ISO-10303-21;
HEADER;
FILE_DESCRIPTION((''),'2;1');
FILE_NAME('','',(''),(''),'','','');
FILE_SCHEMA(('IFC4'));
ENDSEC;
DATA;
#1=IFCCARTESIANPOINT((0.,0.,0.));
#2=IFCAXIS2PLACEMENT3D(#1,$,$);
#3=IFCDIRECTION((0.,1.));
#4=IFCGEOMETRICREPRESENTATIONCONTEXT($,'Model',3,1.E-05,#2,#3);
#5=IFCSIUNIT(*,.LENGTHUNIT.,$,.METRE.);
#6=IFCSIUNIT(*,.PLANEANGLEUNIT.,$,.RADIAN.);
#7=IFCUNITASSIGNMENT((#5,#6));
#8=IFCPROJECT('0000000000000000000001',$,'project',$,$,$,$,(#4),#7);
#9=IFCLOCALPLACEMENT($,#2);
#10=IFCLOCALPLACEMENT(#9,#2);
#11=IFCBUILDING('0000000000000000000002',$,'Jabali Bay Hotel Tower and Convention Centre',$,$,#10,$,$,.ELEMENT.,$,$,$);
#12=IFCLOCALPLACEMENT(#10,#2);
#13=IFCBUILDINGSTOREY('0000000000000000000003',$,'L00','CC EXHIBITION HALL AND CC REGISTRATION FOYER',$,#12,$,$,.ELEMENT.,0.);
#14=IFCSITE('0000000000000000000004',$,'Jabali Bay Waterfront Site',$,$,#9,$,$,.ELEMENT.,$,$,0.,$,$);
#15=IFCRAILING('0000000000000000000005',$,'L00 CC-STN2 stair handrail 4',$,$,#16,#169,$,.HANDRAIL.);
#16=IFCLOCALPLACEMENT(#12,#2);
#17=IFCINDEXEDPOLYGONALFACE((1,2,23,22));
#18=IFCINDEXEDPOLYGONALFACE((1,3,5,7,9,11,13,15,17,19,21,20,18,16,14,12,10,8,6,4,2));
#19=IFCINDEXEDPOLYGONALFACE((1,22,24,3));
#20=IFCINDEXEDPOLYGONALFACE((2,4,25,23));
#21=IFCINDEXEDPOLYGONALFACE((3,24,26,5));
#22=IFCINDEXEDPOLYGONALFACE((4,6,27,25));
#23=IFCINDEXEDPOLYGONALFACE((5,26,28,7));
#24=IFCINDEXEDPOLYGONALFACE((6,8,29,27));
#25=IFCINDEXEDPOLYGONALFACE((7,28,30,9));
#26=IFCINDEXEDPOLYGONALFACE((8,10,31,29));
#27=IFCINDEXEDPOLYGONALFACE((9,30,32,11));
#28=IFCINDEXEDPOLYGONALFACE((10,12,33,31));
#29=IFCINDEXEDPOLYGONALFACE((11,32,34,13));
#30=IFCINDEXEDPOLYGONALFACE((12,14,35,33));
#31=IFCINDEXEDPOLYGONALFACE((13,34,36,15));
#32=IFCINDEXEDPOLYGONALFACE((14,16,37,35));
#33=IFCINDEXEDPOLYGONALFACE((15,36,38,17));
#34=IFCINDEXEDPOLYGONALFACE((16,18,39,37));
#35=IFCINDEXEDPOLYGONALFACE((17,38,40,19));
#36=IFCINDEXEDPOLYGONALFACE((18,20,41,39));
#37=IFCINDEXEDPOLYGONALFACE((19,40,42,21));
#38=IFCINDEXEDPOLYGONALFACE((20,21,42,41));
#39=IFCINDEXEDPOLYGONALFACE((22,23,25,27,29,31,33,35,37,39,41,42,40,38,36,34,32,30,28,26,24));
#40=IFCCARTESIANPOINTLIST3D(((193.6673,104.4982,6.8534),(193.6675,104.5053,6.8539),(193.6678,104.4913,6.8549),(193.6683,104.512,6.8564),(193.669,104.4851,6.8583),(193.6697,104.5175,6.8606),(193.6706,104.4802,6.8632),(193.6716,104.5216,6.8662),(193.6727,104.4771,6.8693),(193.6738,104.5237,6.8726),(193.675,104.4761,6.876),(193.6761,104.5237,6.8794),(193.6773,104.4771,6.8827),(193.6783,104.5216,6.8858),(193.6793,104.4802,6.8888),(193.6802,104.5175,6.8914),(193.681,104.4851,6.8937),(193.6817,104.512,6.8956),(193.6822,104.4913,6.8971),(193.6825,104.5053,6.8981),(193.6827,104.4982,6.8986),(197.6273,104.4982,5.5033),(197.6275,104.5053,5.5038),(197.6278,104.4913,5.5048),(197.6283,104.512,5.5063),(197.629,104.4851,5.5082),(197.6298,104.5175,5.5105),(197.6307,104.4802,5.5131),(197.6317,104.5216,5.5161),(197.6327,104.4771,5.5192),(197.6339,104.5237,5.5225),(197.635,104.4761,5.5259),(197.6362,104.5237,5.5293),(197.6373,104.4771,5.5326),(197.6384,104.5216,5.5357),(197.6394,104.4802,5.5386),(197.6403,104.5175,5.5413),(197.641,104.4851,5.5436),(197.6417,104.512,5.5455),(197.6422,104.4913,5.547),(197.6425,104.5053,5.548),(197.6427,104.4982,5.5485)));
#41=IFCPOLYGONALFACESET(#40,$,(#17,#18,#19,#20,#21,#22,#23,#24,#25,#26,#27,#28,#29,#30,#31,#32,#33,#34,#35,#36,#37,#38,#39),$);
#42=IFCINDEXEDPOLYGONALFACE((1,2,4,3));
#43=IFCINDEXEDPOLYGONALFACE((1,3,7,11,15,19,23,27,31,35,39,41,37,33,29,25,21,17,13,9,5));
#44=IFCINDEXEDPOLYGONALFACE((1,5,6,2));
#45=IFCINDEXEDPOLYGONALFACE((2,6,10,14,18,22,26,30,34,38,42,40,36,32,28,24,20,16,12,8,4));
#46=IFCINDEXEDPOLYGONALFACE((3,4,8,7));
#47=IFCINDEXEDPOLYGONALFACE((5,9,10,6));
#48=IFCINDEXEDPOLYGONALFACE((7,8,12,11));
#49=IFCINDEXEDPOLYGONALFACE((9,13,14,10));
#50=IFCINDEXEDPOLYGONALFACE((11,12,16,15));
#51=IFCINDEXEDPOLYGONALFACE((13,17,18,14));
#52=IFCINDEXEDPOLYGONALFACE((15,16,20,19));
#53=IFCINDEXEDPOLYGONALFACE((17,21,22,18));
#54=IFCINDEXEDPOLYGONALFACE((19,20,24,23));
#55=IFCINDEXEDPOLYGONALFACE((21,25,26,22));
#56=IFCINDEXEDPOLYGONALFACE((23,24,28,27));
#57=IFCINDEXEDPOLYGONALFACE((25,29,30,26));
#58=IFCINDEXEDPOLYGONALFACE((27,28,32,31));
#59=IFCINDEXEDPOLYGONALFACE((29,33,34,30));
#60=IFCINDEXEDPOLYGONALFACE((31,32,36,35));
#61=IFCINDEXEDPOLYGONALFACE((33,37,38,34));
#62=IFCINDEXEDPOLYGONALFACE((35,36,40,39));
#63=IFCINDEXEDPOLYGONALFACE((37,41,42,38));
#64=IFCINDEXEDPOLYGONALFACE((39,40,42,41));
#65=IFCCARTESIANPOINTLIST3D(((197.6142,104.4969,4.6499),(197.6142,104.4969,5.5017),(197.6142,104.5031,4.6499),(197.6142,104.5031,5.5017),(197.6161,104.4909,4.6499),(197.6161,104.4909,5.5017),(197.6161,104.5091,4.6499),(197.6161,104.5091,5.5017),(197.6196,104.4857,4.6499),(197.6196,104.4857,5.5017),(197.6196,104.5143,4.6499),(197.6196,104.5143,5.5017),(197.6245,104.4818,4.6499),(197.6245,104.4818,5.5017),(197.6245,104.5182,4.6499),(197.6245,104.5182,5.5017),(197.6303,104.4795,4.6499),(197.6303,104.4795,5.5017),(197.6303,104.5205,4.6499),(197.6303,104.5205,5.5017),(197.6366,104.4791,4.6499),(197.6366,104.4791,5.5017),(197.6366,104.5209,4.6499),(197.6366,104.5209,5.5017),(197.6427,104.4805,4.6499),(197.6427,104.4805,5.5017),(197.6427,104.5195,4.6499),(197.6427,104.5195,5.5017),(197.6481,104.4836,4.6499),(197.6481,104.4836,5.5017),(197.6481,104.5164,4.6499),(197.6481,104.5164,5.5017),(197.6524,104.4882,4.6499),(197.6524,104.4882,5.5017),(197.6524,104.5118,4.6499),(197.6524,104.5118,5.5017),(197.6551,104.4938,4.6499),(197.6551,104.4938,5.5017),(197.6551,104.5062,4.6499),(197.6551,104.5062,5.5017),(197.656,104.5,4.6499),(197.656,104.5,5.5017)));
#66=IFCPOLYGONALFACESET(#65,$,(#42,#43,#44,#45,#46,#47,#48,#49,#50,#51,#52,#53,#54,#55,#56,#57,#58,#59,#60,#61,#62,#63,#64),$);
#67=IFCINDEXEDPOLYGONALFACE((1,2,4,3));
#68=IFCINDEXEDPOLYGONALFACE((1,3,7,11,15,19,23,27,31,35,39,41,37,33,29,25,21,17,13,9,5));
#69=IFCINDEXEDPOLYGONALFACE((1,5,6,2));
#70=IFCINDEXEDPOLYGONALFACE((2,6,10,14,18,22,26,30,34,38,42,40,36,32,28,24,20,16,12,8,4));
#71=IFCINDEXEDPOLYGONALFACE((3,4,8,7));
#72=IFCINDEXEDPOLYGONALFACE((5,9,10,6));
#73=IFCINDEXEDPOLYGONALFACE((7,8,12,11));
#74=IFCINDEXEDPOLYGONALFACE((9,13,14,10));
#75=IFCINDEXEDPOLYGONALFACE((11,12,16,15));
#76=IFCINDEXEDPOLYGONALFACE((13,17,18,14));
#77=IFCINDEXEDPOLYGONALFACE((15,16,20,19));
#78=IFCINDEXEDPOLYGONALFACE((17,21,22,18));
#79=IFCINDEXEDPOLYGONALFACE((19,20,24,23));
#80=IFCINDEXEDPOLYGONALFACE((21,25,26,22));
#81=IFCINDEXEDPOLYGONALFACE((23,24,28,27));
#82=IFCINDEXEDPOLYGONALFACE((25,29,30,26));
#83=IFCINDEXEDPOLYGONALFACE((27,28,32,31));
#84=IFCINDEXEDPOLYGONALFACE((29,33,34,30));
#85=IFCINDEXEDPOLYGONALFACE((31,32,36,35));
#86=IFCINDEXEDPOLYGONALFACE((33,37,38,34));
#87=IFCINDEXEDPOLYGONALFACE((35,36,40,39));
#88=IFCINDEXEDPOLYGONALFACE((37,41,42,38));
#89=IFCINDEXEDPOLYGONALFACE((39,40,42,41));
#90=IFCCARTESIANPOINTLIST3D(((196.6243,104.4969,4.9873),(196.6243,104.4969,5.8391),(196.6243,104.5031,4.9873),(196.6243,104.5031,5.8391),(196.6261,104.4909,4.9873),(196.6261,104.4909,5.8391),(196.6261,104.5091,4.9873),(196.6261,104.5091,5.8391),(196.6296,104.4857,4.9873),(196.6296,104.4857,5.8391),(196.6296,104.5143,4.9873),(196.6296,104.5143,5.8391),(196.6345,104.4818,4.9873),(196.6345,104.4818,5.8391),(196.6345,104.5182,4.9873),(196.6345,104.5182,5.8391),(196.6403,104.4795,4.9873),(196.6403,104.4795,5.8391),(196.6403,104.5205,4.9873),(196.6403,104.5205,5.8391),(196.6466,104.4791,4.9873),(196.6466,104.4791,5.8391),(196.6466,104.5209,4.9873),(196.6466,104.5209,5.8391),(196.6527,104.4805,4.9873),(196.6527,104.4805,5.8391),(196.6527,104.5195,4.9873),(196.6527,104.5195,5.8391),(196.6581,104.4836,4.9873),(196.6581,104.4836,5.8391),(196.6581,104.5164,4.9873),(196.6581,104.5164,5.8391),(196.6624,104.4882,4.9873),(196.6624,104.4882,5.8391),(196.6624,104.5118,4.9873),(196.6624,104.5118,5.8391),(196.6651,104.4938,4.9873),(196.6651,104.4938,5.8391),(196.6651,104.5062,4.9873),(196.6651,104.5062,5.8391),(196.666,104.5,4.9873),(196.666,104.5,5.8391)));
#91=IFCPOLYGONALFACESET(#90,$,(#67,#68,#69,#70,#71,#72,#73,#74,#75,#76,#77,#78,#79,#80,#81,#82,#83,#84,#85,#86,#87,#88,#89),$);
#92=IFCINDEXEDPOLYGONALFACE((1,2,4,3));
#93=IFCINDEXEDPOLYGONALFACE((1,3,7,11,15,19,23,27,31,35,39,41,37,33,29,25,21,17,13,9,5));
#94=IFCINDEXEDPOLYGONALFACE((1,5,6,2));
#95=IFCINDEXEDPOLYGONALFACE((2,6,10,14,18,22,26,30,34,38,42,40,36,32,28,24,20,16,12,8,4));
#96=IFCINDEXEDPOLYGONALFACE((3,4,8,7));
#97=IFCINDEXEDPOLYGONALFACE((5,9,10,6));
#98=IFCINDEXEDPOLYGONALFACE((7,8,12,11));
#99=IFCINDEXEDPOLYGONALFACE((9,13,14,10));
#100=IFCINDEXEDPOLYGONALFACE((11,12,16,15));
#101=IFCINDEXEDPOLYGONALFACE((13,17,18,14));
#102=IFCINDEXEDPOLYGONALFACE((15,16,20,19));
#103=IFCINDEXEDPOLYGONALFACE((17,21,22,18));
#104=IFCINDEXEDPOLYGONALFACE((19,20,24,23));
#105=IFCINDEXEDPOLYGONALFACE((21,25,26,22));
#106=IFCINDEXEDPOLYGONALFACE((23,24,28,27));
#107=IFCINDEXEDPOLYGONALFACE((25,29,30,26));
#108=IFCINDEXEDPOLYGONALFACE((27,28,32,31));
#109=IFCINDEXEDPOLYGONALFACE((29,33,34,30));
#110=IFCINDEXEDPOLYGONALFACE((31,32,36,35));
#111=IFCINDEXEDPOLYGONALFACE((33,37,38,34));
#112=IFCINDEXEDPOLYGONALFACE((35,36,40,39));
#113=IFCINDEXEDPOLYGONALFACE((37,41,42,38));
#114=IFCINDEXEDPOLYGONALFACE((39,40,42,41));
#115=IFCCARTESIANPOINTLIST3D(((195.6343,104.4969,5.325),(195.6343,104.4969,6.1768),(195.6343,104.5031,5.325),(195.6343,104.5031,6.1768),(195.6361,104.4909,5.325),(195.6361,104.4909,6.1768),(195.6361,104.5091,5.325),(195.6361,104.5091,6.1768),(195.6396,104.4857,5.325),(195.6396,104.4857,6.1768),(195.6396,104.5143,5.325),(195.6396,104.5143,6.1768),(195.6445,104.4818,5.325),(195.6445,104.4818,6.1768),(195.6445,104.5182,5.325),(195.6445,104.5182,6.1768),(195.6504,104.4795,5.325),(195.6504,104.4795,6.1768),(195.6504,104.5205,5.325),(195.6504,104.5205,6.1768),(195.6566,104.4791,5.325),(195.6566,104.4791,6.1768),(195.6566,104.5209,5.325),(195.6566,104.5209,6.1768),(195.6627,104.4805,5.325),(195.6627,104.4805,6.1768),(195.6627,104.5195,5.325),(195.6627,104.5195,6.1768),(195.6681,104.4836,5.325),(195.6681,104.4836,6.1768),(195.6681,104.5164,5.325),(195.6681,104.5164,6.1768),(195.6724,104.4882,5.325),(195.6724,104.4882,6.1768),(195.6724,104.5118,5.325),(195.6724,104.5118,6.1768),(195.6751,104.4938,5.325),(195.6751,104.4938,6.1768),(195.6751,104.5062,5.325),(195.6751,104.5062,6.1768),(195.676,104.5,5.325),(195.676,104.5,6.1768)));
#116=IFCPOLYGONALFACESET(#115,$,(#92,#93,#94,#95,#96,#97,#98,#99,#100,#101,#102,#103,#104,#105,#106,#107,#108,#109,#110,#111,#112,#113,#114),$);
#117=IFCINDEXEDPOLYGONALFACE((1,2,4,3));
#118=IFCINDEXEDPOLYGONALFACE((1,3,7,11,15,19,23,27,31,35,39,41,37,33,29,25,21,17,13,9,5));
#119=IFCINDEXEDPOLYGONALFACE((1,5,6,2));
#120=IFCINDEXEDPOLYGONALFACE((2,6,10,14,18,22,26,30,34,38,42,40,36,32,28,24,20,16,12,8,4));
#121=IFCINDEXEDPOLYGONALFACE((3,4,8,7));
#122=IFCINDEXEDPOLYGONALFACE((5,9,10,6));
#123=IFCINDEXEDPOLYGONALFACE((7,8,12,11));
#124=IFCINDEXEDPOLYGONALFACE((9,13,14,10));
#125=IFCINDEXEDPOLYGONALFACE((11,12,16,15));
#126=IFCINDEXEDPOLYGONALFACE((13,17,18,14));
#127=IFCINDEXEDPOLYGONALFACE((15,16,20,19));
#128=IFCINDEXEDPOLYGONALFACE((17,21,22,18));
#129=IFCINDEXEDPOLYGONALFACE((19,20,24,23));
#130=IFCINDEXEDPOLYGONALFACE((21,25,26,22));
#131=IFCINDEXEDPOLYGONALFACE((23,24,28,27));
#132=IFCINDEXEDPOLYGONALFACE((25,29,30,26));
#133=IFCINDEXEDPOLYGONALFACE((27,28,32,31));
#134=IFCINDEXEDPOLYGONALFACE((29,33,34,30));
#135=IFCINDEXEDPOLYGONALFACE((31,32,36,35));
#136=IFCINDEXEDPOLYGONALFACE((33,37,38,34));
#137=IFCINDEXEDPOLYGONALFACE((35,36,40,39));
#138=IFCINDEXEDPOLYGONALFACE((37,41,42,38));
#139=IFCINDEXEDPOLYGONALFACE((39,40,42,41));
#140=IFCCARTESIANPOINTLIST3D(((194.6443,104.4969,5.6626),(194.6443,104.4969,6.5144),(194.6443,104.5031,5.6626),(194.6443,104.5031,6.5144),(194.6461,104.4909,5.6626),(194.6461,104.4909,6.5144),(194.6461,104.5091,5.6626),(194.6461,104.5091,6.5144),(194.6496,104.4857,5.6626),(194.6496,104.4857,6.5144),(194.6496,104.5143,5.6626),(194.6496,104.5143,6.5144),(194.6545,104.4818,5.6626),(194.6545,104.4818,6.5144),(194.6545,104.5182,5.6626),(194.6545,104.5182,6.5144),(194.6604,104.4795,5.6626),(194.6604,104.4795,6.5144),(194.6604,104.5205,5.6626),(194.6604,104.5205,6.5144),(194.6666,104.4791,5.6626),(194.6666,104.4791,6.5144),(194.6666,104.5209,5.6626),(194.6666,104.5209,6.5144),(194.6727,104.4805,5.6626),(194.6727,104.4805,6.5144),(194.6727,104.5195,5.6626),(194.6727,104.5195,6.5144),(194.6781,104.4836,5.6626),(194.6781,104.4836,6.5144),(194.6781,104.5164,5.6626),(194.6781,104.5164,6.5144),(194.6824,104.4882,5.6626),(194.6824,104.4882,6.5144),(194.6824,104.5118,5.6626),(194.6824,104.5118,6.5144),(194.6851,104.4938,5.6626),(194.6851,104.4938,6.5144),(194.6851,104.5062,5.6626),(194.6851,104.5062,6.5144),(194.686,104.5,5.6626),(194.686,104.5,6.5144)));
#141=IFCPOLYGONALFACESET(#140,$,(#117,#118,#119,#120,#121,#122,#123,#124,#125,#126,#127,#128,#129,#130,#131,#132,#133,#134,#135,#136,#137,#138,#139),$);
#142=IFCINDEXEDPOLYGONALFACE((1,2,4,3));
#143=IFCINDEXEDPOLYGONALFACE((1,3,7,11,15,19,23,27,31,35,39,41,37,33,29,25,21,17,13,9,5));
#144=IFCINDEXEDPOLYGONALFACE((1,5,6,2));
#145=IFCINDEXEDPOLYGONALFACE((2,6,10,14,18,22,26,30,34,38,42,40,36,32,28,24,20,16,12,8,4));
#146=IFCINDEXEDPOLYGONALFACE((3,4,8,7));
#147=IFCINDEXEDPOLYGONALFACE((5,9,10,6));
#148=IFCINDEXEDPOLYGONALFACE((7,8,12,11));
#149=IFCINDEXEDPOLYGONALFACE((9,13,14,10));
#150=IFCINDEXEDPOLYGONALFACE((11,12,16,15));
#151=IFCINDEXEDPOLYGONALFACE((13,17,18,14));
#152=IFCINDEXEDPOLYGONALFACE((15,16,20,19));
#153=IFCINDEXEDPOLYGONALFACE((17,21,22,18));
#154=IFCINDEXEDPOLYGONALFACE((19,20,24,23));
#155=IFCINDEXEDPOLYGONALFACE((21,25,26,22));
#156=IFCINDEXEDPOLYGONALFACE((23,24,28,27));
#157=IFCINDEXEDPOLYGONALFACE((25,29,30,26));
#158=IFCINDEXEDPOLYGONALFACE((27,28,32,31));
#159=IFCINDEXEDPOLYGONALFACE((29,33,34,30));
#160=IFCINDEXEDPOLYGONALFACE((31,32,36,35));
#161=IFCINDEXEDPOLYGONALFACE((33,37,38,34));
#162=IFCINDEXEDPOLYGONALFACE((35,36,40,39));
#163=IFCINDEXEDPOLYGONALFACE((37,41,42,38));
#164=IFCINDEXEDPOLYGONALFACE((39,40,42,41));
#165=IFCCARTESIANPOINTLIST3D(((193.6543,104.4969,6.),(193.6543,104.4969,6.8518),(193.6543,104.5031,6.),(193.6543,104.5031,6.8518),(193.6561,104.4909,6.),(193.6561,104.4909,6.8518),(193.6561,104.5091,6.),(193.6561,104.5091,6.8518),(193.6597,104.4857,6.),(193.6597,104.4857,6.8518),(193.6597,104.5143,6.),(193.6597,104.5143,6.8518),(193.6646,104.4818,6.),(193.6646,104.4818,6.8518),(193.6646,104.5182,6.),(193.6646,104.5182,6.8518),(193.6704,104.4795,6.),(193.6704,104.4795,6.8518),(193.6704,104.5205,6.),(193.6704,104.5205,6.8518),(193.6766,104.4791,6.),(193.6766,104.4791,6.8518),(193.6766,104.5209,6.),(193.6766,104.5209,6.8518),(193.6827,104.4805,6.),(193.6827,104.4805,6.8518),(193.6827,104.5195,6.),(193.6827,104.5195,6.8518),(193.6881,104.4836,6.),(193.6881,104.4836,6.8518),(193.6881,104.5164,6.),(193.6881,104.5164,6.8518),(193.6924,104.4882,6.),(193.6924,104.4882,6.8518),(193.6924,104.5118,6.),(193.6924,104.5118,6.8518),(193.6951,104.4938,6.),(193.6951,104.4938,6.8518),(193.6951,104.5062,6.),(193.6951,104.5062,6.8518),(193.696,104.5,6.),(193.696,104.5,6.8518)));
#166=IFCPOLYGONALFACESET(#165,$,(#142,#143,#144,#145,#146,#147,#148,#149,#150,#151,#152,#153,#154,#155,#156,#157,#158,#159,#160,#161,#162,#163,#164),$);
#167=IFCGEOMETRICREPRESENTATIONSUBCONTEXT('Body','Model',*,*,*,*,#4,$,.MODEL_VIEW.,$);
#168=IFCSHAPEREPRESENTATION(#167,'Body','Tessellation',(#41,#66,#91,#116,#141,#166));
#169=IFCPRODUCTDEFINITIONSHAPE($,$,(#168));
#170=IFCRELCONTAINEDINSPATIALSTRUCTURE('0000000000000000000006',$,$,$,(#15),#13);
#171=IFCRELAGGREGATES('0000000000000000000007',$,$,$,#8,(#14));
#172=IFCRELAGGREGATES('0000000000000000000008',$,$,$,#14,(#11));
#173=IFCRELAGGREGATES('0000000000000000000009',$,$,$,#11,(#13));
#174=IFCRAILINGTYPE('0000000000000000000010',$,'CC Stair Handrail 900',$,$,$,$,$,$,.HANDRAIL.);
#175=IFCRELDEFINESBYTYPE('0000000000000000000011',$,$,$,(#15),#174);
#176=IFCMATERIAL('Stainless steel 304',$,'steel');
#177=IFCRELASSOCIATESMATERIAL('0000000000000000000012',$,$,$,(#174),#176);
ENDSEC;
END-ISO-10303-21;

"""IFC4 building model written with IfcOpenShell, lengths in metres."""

from ifc_helpers import new_model, si_unit, direction, frame, origin, origin_2d, place, context, subcontext, project, spatial, circle, extrude, material, type_object, element, save


model = new_model("IFC4")

# Units and contexts
model_context = context("Model", 3, precision=1e-05, world=origin(), true_north=direction((0.0, 1.0)))
body_context = subcontext(model_context, "Body", "Model", "MODEL_VIEW")
ifc_project = project(units=[si_unit("LENGTHUNIT", "METRE"), si_unit("PLANEANGLEUNIT", "RADIAN")], contexts=[model_context])

# Site, building, storey
site_placement = place(None, origin())
site = spatial("IfcSite", under=ifc_project, at=site_placement, Name="Jabali Bay Waterfront Site", CompositionType="ELEMENT", RefElevation=0.0)
building_placement = place(site_placement, origin())
building = spatial("IfcBuilding", under=site, at=building_placement, Name="Jabali Bay Hotel Tower and Convention Centre", CompositionType="ELEMENT")
storey_placement = place(building_placement, origin())
storey = spatial("IfcBuildingStorey", under=building, at=storey_placement, Name="L00", Description="CC EXHIBITION HALL AND CC REGISTRATION FOYER", CompositionType="ELEMENT", Elevation=0.0)

# Railing
ifc_material_1 = material(Name="Stainless steel 304", Category="steel")
railing_type_1 = type_object("IfcRailingType", Name="CC Stair Handrail 900", PredefinedType="HANDRAIL", material=ifc_material_1)
for number, where, name in (
    (1, (197.635, 104.5, 4.6499), "L00 CC-STN2 stair handrail 4"),
):
    element("IfcRailing", number, at=place(storey_placement, frame(where)), inside=storey, type_object=railing_type_1, Name=name, PredefinedType="HANDRAIL", context=body_context, shape_type="SweptSolid", body=[
        extrude(circle(Radius=0.0239, at=origin_2d()), frame((0.0, 0.0, 0.876), z_axis=(-0.946502, 0.0, 0.322698), x_axis=(0.0, -1.0, 0.0)), (0.0, 0.0, 1.0), 4.1838),
        extrude(circle(Radius=0.021, at=origin_2d()), origin(), (0.0, 0.0, 1.0), 0.8518),
        extrude(circle(Radius=0.021, at=origin_2d()), frame((-0.99, 0.0, 0.3374)), (0.0, 0.0, 1.0), 0.8518),
        extrude(circle(Radius=0.021, at=origin_2d()), frame((-1.98, 0.0, 0.675)), (0.0, 0.0, 1.0), 0.8518),
        extrude(circle(Radius=0.021, at=origin_2d()), frame((-2.97, 0.0, 1.0127)), (0.0, 0.0, 1.0), 0.8518),
        extrude(circle(Radius=0.021, at=origin_2d()), frame((-3.96, 0.0, 1.3501)), (0.0, 0.0, 1.0), 0.8518),
    ])

save(model, "model.ifc")
